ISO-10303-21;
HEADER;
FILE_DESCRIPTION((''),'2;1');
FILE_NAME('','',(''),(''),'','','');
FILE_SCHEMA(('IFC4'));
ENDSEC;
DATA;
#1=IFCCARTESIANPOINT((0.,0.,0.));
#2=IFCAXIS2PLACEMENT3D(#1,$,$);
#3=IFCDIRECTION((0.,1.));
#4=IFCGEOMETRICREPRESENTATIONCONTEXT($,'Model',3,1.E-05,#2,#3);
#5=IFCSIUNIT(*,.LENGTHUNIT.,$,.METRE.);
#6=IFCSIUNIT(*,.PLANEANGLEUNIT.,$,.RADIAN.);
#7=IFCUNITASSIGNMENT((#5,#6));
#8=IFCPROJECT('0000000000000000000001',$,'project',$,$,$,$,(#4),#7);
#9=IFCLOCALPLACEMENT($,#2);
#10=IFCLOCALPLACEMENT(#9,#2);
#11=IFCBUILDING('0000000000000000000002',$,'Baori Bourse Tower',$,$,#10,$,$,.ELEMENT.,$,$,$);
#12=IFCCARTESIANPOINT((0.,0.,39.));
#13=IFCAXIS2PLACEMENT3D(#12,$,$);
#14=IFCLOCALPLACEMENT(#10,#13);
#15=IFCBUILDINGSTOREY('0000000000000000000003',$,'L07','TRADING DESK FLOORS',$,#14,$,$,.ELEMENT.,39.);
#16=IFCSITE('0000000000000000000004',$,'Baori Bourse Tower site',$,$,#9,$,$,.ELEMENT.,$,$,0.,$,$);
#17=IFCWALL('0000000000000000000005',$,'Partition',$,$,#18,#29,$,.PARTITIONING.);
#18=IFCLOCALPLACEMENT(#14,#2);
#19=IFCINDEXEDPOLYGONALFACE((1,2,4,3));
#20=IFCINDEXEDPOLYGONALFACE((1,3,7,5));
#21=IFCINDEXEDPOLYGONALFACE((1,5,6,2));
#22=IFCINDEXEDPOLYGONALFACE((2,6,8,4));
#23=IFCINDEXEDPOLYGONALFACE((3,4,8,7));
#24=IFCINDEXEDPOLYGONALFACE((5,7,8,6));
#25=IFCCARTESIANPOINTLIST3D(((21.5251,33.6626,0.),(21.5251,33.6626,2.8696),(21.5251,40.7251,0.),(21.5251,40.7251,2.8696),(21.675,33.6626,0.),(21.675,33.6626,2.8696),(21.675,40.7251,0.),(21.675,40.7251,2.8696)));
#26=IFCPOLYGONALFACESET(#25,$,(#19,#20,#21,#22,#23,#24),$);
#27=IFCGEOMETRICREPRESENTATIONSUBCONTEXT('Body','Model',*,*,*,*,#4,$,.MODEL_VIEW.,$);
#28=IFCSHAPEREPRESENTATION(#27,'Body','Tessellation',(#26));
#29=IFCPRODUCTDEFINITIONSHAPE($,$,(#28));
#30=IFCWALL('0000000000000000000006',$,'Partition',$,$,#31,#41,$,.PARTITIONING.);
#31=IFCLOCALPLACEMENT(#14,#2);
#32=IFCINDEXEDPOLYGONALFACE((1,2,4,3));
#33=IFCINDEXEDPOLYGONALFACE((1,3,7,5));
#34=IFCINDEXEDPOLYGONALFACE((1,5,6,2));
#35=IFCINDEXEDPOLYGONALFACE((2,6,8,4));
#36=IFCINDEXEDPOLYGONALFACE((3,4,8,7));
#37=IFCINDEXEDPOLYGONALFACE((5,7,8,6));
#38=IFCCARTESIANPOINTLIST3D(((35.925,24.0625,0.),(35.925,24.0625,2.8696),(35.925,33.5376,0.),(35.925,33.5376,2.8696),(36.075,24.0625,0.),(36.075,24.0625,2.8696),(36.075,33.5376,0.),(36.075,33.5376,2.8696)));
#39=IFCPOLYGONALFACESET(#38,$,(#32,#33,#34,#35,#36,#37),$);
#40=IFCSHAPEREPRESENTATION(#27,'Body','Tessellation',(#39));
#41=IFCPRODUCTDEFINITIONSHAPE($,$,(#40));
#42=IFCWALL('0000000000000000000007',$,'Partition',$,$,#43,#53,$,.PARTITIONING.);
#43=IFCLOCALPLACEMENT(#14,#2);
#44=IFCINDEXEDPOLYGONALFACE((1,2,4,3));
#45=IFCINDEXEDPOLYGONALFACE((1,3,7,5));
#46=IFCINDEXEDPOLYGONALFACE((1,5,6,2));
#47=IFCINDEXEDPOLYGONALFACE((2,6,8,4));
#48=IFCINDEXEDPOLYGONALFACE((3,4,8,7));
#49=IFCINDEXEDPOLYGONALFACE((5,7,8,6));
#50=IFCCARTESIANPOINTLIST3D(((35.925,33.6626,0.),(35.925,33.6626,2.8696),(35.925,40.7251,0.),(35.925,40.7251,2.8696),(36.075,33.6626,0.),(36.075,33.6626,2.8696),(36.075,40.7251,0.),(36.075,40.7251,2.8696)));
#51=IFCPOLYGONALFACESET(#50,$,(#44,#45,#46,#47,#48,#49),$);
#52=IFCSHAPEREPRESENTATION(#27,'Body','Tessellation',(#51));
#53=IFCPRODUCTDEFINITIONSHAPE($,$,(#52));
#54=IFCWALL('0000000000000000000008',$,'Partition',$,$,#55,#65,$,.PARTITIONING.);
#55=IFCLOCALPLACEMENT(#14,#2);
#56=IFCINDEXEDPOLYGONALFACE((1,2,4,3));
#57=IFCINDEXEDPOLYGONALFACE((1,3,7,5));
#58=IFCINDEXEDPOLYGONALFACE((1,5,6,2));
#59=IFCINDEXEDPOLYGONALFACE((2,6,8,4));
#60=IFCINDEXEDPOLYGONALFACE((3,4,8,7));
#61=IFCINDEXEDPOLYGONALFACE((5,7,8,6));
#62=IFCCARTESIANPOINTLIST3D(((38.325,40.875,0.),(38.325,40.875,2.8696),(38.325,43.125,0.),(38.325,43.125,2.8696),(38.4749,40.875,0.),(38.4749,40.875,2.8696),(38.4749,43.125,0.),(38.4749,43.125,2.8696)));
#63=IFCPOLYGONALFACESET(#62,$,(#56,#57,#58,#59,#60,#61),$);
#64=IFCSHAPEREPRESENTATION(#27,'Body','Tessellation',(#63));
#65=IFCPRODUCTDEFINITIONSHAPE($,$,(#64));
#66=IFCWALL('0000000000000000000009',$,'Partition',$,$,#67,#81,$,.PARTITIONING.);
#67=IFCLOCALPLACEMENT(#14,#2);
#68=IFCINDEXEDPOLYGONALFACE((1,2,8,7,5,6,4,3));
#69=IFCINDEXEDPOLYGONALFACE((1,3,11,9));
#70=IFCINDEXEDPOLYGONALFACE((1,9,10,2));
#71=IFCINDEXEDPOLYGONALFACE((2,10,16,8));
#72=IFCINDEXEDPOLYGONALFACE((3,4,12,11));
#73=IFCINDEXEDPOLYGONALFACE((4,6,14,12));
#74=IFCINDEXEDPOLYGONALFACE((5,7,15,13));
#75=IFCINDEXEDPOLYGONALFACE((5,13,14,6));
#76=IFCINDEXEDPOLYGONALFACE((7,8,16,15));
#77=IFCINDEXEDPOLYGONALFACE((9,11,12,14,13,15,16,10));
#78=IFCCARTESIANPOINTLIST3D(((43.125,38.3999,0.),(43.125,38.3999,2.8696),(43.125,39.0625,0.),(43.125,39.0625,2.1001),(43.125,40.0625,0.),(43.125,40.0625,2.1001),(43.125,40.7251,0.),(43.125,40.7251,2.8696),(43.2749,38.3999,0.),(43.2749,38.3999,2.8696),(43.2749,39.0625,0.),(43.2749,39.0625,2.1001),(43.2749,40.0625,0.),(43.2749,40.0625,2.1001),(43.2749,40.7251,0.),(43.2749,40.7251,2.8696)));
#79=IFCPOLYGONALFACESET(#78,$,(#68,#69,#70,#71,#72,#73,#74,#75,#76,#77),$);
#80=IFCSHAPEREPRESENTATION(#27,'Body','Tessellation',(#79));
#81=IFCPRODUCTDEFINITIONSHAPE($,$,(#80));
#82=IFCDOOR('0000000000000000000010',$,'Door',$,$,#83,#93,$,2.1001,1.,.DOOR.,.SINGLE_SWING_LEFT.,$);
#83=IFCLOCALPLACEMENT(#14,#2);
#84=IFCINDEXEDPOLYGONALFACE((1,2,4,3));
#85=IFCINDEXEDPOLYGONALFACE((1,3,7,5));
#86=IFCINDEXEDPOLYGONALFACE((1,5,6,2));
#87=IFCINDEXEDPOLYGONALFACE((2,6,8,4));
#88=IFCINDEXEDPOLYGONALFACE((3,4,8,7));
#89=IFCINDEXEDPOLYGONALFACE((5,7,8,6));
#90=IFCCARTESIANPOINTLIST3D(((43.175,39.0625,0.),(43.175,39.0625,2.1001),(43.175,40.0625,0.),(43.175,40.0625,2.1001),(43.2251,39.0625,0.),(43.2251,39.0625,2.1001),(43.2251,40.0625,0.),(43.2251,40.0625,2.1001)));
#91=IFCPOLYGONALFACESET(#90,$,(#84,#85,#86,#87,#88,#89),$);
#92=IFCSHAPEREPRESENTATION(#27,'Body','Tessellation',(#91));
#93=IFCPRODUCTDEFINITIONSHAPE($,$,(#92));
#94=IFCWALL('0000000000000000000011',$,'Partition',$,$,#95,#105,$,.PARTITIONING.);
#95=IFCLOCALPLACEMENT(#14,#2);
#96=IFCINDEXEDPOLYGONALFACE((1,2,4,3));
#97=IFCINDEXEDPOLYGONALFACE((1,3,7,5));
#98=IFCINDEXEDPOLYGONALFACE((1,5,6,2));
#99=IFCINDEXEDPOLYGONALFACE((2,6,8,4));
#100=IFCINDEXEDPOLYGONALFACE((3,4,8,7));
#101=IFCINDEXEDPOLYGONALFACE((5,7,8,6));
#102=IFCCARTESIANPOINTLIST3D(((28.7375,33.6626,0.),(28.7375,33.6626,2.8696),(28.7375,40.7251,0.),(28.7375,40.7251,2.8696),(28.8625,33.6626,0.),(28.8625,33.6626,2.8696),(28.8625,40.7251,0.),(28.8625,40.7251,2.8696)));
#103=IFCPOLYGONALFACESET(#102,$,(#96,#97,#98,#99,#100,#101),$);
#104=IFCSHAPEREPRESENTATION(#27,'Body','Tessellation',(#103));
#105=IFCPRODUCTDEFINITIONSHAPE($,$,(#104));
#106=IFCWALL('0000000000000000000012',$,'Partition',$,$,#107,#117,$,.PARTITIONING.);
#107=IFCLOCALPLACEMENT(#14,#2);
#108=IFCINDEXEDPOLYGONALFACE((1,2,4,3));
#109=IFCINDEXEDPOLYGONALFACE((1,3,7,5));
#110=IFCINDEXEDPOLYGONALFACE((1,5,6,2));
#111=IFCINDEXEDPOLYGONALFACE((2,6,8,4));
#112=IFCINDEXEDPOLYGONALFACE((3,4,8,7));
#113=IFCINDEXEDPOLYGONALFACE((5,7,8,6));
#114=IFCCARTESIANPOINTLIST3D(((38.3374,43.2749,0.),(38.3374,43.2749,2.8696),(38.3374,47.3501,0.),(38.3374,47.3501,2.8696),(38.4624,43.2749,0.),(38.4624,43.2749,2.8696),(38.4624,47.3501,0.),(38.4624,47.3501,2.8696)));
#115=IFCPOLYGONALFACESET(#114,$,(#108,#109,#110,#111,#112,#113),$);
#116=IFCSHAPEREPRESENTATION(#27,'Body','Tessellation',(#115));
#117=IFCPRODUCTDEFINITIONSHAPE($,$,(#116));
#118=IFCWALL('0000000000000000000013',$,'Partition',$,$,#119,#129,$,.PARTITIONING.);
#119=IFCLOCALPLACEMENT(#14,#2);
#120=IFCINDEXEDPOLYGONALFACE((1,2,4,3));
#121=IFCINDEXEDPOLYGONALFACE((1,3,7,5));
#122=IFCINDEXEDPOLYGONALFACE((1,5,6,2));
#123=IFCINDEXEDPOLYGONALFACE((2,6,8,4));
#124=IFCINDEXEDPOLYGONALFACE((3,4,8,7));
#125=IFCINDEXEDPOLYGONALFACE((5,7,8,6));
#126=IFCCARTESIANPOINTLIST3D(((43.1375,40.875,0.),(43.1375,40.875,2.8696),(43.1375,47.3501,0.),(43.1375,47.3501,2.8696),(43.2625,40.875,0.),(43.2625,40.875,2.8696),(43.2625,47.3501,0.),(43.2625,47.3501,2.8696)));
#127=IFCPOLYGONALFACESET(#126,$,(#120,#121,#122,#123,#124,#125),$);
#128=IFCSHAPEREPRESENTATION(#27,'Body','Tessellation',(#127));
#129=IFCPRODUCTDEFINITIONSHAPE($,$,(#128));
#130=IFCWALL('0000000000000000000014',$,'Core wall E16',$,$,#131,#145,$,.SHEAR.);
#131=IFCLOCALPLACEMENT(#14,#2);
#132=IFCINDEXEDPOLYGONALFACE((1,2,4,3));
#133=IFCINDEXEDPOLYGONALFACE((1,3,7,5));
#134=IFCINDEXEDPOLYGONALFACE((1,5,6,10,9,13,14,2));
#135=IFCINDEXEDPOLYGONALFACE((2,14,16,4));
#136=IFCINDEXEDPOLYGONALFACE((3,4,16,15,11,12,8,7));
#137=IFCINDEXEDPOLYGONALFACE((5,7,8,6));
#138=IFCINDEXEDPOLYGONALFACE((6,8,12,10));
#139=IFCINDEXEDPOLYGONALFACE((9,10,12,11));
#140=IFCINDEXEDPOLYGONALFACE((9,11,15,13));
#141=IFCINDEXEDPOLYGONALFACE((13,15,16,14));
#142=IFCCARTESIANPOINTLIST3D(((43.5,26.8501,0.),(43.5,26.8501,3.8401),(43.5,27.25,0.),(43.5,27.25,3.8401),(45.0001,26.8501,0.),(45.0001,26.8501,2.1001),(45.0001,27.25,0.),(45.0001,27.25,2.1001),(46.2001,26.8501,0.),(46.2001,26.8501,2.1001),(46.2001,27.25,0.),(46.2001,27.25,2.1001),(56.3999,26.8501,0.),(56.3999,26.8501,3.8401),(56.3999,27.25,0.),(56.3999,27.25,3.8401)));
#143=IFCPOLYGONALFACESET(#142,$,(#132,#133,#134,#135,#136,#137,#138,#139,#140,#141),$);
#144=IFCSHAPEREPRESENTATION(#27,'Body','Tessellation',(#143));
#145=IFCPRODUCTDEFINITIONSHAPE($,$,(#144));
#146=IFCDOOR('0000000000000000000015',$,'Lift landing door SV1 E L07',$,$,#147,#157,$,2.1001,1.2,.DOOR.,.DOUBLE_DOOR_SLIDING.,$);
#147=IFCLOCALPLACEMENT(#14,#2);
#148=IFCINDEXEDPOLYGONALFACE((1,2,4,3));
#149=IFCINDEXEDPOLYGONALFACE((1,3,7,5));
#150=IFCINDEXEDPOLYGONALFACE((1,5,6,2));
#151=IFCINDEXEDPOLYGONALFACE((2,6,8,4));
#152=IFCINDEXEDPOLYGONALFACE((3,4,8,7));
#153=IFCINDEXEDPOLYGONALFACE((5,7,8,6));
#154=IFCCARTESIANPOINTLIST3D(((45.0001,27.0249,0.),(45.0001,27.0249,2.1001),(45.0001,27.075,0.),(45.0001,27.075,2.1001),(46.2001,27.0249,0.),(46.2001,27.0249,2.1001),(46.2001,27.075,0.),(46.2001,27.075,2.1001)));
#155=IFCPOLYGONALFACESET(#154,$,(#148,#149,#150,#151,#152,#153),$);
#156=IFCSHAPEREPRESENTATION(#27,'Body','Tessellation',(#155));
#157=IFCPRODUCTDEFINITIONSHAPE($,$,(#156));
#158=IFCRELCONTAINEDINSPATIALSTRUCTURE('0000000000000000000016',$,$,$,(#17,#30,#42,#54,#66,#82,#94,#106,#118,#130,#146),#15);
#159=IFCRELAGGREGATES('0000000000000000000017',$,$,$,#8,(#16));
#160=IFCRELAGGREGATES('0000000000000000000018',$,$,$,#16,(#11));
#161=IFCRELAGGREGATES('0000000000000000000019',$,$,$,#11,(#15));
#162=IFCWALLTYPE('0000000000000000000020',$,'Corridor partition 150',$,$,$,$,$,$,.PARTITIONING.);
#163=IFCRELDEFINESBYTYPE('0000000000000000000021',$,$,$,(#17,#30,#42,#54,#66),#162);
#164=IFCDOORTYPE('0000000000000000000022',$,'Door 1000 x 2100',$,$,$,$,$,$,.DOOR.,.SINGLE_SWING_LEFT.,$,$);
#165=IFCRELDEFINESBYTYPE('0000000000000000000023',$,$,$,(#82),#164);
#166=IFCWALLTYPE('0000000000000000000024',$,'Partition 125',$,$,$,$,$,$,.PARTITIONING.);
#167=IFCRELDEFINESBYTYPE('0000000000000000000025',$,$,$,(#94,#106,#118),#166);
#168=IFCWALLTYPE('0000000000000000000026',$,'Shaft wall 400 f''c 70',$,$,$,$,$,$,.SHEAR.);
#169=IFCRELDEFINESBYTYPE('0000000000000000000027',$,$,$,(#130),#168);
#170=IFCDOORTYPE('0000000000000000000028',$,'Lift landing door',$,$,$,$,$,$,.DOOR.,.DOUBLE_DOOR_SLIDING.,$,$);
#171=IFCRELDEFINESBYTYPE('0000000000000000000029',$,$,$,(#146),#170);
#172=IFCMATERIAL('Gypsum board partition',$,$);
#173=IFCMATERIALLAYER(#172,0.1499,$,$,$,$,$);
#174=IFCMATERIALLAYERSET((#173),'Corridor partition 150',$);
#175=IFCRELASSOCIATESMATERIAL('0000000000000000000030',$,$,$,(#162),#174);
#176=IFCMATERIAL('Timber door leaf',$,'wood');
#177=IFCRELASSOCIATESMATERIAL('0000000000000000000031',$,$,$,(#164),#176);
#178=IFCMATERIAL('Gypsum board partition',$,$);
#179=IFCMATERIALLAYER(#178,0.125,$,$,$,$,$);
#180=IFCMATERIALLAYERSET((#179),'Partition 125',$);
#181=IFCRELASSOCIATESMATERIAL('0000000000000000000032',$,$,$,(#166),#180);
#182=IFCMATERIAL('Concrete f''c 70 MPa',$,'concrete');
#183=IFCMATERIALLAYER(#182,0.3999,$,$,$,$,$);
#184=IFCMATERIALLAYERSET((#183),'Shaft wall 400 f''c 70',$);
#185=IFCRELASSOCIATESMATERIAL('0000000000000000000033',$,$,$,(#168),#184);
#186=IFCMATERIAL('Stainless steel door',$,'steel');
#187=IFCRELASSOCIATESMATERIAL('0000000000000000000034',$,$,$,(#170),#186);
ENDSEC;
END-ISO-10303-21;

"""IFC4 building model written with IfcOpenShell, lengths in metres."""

from ifc_helpers import new_model, si_unit, direction, frame, frame_2d, origin, place, context, subcontext, project, spatial, rectangle, extrude, material, layer, layer_set, type_object, element, fill, save


model = new_model("IFC4")

# Units and contexts
model_context = context("Model", 3, precision=1e-05, world=origin(), true_north=direction((0.0, 1.0)))
body_context = subcontext(model_context, "Body", "Model", "MODEL_VIEW")
ifc_project = project(units=[si_unit("LENGTHUNIT", "METRE"), si_unit("PLANEANGLEUNIT", "RADIAN")], contexts=[model_context])

# Site, building, storey
site_placement = place(None, origin())
site = spatial("IfcSite", under=ifc_project, at=site_placement, Name="Baori Bourse Tower site", CompositionType="ELEMENT", RefElevation=0.0)
building_placement = place(site_placement, origin())
building = spatial("IfcBuilding", under=site, at=building_placement, Name="Baori Bourse Tower", CompositionType="ELEMENT")
storey_placement = place(building_placement, frame((0.0, 0.0, 39.0)))
storey = spatial("IfcBuildingStorey", under=building, at=storey_placement, Name="L07", Description="TRADING DESK FLOORS", CompositionType="ELEMENT", Elevation=39.0)

# Shared definitions
ifc_material_1 = material(Name="Gypsum board partition")
ifc_layer_1 = layer(ifc_material_1, 0.1499)
ifc_layer_set_1 = layer_set([ifc_layer_1], Name="Corridor partition 150")
wall_type_1 = type_object("IfcWallType", Name="Corridor partition 150", PredefinedType="PARTITIONING", material=ifc_layer_set_1)
ifc_material_2 = material(Name="Timber door leaf", Category="wood")
door_type_1 = type_object("IfcDoorType", Name="Door 1000 x 2100", OperationType="SINGLE_SWING_LEFT", PredefinedType="DOOR", material=ifc_material_2)

# Walls
wall_1_placement = place(storey_placement, frame((21.6001, 33.6626, 0.0), z_axis=(0.0, 0.0, 1.0), x_axis=(0.0, 1.0, 0.0)))
element("IfcWall", 1, at=wall_1_placement, inside=storey, type_object=wall_type_1, Name="Partition", PredefinedType="PARTITIONING", context=body_context, shape_type="SweptSolid", body=[
    extrude(rectangle(XDim=7.0625, YDim=0.1499, at=frame_2d((3.5312, 0.0))), origin(), (0.0, 0.0, 1.0), 2.8696),
])
wall_2_placement = place(storey_placement, frame((36.0, 24.0625, 0.0), z_axis=(0.0, 0.0, 1.0), x_axis=(0.0, 1.0, 0.0)))
element("IfcWall", 2, at=wall_2_placement, inside=storey, type_object=wall_type_1, Name="Partition", PredefinedType="PARTITIONING", context=body_context, shape_type="SweptSolid", body=[
    extrude(rectangle(XDim=9.4751, YDim=0.1499, at=frame_2d((4.7375, 0.0))), origin(), (0.0, 0.0, 1.0), 2.8696),
])
wall_3_placement = place(storey_placement, frame((36.0, 33.6626, 0.0), z_axis=(0.0, 0.0, 1.0), x_axis=(0.0, 1.0, 0.0)))
element("IfcWall", 3, at=wall_3_placement, inside=storey, type_object=wall_type_1, Name="Partition", PredefinedType="PARTITIONING", context=body_context, shape_type="SweptSolid", body=[
    extrude(rectangle(XDim=7.0625, YDim=0.1499, at=frame_2d((3.5312, 0.0))), origin(), (0.0, 0.0, 1.0), 2.8696),
])
wall_4_placement = place(storey_placement, frame((38.3999, 40.875, 0.0), z_axis=(0.0, 0.0, 1.0), x_axis=(0.0, 1.0, 0.0)))
element("IfcWall", 4, at=wall_4_placement, inside=storey, type_object=wall_type_1, Name="Partition", PredefinedType="PARTITIONING", context=body_context, shape_type="SweptSolid", body=[
    extrude(rectangle(XDim=2.25, YDim=0.1499, at=frame_2d((1.125, 0.0))), origin(), (0.0, 0.0, 1.0), 2.8696),
])

# Wall, opening, door
wall_5_placement = place(storey_placement, frame((43.2, 38.3999, 0.0), z_axis=(0.0, 0.0, 1.0), x_axis=(0.0, 1.0, 0.0)))
wall_5 = element("IfcWall", 5, at=wall_5_placement, inside=storey, type_object=wall_type_1, Name="Partition", PredefinedType="PARTITIONING", context=body_context, shape_type="SweptSolid", body=[
    extrude(rectangle(XDim=2.3252, YDim=0.1499, at=frame_2d((1.1626, 0.0))), origin(), (0.0, 0.0, 1.0), 2.8696),
])
opening_1_placement = place(wall_5_placement, frame((0.6626, 0.0, 0.0)))
opening_1 = element("IfcOpeningElement", 6, at=opening_1_placement, cuts=wall_5, PredefinedType="OPENING", context=body_context, shape_type="SweptSolid", body=[
    extrude(rectangle(XDim=1.0, YDim=2.1001, at=frame_2d((0.5, 1.05))), frame((0.0, 0.085, 0.0), z_axis=(0.0, -1.0, 0.0), x_axis=(1.0, 0.0, 0.0)), (0.0, 0.0, 1.0), 0.1699),
])
door_1_placement = place(opening_1_placement, origin())
door_1 = element("IfcDoor", 7, at=door_1_placement, inside=storey, type_object=door_type_1, Name="Door", OperationType="SINGLE_SWING_LEFT", OverallHeight=2.1001, OverallWidth=1.0, PredefinedType="DOOR", context=body_context, shape_type="SweptSolid", body=[
    extrude(rectangle(XDim=1.0, YDim=2.1001, at=frame_2d((0.5, 1.05))), frame((0.0, 0.0249, 0.0), z_axis=(0.0, -1.0, 0.0), x_axis=(1.0, 0.0, 0.0)), (0.0, 0.0, 1.0), 0.05),
])
fill(opening_1, door_1)

# Walls
ifc_material_3 = material(Name="Gypsum board partition")
ifc_layer_2 = layer(ifc_material_3, 0.125)
ifc_layer_set_2 = layer_set([ifc_layer_2], Name="Partition 125")
wall_type_2 = type_object("IfcWallType", Name="Partition 125", PredefinedType="PARTITIONING", material=ifc_layer_set_2)
wall_6_placement = place(storey_placement, frame((28.8, 33.6626, 0.0), z_axis=(0.0, 0.0, 1.0), x_axis=(0.0, 1.0, 0.0)))
element("IfcWall", 8, at=wall_6_placement, inside=storey, type_object=wall_type_2, Name="Partition", PredefinedType="PARTITIONING", context=body_context, shape_type="SweptSolid", body=[
    extrude(rectangle(XDim=7.0625, YDim=0.125, at=frame_2d((3.5312, 0.0))), origin(), (0.0, 0.0, 1.0), 2.8696),
])
wall_7_placement = place(storey_placement, frame((38.3999, 43.2749, 0.0), z_axis=(0.0, 0.0, 1.0), x_axis=(0.0, 1.0, 0.0)))
element("IfcWall", 9, at=wall_7_placement, inside=storey, type_object=wall_type_2, Name="Partition", PredefinedType="PARTITIONING", context=body_context, shape_type="SweptSolid", body=[
    extrude(rectangle(XDim=4.0752, YDim=0.125, at=frame_2d((2.0376, 0.0))), origin(), (0.0, 0.0, 1.0), 2.8696),
])
wall_8_placement = place(storey_placement, frame((43.2, 40.875, 0.0), z_axis=(0.0, 0.0, 1.0), x_axis=(0.0, 1.0, 0.0)))
element("IfcWall", 10, at=wall_8_placement, inside=storey, type_object=wall_type_2, Name="Partition", PredefinedType="PARTITIONING", context=body_context, shape_type="SweptSolid", body=[
    extrude(rectangle(XDim=6.4751, YDim=0.125, at=frame_2d((3.2375, 0.0))), origin(), (0.0, 0.0, 1.0), 2.8696),
])

# Wall, opening, door
ifc_material_4 = material(Name="Concrete f'c 70 MPa", Category="concrete")
ifc_layer_3 = layer(ifc_material_4, 0.3999)
ifc_layer_set_3 = layer_set([ifc_layer_3], Name="Shaft wall 400 f'c 70")
wall_type_3 = type_object("IfcWallType", Name="Shaft wall 400 f'c 70", PredefinedType="SHEAR", material=ifc_layer_set_3)
wall_9_placement = place(storey_placement, frame((43.5, 27.05, 0.0), z_axis=(0.0, 0.0, 1.0), x_axis=(1.0, 0.0, 0.0)))
wall_9 = element("IfcWall", 11, at=wall_9_placement, inside=storey, type_object=wall_type_3, Name="Core wall E16", PredefinedType="SHEAR", context=body_context, shape_type="SweptSolid", body=[
    extrude(rectangle(XDim=12.8999, YDim=0.3999, at=frame_2d((6.45, 0.0))), origin(), (0.0, 0.0, 1.0), 3.8401),
])
opening_2_placement = place(wall_9_placement, frame((1.5, 0.0, 0.0)))
opening_2 = element("IfcOpeningElement", 12, at=opening_2_placement, cuts=wall_9, PredefinedType="OPENING", context=body_context, shape_type="SweptSolid", body=[
    extrude(rectangle(XDim=1.2, YDim=2.1001, at=frame_2d((0.6001, 1.05))), frame((0.0, 0.21, 0.0), z_axis=(0.0, -1.0, 0.0), x_axis=(1.0, 0.0, 0.0)), (0.0, 0.0, 1.0), 0.4199),
])
ifc_material_5 = material(Name="Stainless steel door", Category="steel")
door_type_2 = type_object("IfcDoorType", Name="Lift landing door", OperationType="DOUBLE_DOOR_SLIDING", PredefinedType="DOOR", material=ifc_material_5)
door_2_placement = place(opening_2_placement, origin())
door_2 = element("IfcDoor", 13, at=door_2_placement, inside=storey, type_object=door_type_2, Name="Lift landing door SV1 E L07", OperationType="DOUBLE_DOOR_SLIDING", OverallHeight=2.1001, OverallWidth=1.2, PredefinedType="DOOR", context=body_context, shape_type="SweptSolid", body=[
    extrude(rectangle(XDim=1.2, YDim=2.1001, at=frame_2d((0.6001, 1.05))), frame((0.0, 0.0249, 0.0), z_axis=(0.0, -1.0, 0.0), x_axis=(1.0, 0.0, 0.0)), (0.0, 0.0, 1.0), 0.05),
])
fill(opening_2, door_2)

save(model, "model.ifc")
